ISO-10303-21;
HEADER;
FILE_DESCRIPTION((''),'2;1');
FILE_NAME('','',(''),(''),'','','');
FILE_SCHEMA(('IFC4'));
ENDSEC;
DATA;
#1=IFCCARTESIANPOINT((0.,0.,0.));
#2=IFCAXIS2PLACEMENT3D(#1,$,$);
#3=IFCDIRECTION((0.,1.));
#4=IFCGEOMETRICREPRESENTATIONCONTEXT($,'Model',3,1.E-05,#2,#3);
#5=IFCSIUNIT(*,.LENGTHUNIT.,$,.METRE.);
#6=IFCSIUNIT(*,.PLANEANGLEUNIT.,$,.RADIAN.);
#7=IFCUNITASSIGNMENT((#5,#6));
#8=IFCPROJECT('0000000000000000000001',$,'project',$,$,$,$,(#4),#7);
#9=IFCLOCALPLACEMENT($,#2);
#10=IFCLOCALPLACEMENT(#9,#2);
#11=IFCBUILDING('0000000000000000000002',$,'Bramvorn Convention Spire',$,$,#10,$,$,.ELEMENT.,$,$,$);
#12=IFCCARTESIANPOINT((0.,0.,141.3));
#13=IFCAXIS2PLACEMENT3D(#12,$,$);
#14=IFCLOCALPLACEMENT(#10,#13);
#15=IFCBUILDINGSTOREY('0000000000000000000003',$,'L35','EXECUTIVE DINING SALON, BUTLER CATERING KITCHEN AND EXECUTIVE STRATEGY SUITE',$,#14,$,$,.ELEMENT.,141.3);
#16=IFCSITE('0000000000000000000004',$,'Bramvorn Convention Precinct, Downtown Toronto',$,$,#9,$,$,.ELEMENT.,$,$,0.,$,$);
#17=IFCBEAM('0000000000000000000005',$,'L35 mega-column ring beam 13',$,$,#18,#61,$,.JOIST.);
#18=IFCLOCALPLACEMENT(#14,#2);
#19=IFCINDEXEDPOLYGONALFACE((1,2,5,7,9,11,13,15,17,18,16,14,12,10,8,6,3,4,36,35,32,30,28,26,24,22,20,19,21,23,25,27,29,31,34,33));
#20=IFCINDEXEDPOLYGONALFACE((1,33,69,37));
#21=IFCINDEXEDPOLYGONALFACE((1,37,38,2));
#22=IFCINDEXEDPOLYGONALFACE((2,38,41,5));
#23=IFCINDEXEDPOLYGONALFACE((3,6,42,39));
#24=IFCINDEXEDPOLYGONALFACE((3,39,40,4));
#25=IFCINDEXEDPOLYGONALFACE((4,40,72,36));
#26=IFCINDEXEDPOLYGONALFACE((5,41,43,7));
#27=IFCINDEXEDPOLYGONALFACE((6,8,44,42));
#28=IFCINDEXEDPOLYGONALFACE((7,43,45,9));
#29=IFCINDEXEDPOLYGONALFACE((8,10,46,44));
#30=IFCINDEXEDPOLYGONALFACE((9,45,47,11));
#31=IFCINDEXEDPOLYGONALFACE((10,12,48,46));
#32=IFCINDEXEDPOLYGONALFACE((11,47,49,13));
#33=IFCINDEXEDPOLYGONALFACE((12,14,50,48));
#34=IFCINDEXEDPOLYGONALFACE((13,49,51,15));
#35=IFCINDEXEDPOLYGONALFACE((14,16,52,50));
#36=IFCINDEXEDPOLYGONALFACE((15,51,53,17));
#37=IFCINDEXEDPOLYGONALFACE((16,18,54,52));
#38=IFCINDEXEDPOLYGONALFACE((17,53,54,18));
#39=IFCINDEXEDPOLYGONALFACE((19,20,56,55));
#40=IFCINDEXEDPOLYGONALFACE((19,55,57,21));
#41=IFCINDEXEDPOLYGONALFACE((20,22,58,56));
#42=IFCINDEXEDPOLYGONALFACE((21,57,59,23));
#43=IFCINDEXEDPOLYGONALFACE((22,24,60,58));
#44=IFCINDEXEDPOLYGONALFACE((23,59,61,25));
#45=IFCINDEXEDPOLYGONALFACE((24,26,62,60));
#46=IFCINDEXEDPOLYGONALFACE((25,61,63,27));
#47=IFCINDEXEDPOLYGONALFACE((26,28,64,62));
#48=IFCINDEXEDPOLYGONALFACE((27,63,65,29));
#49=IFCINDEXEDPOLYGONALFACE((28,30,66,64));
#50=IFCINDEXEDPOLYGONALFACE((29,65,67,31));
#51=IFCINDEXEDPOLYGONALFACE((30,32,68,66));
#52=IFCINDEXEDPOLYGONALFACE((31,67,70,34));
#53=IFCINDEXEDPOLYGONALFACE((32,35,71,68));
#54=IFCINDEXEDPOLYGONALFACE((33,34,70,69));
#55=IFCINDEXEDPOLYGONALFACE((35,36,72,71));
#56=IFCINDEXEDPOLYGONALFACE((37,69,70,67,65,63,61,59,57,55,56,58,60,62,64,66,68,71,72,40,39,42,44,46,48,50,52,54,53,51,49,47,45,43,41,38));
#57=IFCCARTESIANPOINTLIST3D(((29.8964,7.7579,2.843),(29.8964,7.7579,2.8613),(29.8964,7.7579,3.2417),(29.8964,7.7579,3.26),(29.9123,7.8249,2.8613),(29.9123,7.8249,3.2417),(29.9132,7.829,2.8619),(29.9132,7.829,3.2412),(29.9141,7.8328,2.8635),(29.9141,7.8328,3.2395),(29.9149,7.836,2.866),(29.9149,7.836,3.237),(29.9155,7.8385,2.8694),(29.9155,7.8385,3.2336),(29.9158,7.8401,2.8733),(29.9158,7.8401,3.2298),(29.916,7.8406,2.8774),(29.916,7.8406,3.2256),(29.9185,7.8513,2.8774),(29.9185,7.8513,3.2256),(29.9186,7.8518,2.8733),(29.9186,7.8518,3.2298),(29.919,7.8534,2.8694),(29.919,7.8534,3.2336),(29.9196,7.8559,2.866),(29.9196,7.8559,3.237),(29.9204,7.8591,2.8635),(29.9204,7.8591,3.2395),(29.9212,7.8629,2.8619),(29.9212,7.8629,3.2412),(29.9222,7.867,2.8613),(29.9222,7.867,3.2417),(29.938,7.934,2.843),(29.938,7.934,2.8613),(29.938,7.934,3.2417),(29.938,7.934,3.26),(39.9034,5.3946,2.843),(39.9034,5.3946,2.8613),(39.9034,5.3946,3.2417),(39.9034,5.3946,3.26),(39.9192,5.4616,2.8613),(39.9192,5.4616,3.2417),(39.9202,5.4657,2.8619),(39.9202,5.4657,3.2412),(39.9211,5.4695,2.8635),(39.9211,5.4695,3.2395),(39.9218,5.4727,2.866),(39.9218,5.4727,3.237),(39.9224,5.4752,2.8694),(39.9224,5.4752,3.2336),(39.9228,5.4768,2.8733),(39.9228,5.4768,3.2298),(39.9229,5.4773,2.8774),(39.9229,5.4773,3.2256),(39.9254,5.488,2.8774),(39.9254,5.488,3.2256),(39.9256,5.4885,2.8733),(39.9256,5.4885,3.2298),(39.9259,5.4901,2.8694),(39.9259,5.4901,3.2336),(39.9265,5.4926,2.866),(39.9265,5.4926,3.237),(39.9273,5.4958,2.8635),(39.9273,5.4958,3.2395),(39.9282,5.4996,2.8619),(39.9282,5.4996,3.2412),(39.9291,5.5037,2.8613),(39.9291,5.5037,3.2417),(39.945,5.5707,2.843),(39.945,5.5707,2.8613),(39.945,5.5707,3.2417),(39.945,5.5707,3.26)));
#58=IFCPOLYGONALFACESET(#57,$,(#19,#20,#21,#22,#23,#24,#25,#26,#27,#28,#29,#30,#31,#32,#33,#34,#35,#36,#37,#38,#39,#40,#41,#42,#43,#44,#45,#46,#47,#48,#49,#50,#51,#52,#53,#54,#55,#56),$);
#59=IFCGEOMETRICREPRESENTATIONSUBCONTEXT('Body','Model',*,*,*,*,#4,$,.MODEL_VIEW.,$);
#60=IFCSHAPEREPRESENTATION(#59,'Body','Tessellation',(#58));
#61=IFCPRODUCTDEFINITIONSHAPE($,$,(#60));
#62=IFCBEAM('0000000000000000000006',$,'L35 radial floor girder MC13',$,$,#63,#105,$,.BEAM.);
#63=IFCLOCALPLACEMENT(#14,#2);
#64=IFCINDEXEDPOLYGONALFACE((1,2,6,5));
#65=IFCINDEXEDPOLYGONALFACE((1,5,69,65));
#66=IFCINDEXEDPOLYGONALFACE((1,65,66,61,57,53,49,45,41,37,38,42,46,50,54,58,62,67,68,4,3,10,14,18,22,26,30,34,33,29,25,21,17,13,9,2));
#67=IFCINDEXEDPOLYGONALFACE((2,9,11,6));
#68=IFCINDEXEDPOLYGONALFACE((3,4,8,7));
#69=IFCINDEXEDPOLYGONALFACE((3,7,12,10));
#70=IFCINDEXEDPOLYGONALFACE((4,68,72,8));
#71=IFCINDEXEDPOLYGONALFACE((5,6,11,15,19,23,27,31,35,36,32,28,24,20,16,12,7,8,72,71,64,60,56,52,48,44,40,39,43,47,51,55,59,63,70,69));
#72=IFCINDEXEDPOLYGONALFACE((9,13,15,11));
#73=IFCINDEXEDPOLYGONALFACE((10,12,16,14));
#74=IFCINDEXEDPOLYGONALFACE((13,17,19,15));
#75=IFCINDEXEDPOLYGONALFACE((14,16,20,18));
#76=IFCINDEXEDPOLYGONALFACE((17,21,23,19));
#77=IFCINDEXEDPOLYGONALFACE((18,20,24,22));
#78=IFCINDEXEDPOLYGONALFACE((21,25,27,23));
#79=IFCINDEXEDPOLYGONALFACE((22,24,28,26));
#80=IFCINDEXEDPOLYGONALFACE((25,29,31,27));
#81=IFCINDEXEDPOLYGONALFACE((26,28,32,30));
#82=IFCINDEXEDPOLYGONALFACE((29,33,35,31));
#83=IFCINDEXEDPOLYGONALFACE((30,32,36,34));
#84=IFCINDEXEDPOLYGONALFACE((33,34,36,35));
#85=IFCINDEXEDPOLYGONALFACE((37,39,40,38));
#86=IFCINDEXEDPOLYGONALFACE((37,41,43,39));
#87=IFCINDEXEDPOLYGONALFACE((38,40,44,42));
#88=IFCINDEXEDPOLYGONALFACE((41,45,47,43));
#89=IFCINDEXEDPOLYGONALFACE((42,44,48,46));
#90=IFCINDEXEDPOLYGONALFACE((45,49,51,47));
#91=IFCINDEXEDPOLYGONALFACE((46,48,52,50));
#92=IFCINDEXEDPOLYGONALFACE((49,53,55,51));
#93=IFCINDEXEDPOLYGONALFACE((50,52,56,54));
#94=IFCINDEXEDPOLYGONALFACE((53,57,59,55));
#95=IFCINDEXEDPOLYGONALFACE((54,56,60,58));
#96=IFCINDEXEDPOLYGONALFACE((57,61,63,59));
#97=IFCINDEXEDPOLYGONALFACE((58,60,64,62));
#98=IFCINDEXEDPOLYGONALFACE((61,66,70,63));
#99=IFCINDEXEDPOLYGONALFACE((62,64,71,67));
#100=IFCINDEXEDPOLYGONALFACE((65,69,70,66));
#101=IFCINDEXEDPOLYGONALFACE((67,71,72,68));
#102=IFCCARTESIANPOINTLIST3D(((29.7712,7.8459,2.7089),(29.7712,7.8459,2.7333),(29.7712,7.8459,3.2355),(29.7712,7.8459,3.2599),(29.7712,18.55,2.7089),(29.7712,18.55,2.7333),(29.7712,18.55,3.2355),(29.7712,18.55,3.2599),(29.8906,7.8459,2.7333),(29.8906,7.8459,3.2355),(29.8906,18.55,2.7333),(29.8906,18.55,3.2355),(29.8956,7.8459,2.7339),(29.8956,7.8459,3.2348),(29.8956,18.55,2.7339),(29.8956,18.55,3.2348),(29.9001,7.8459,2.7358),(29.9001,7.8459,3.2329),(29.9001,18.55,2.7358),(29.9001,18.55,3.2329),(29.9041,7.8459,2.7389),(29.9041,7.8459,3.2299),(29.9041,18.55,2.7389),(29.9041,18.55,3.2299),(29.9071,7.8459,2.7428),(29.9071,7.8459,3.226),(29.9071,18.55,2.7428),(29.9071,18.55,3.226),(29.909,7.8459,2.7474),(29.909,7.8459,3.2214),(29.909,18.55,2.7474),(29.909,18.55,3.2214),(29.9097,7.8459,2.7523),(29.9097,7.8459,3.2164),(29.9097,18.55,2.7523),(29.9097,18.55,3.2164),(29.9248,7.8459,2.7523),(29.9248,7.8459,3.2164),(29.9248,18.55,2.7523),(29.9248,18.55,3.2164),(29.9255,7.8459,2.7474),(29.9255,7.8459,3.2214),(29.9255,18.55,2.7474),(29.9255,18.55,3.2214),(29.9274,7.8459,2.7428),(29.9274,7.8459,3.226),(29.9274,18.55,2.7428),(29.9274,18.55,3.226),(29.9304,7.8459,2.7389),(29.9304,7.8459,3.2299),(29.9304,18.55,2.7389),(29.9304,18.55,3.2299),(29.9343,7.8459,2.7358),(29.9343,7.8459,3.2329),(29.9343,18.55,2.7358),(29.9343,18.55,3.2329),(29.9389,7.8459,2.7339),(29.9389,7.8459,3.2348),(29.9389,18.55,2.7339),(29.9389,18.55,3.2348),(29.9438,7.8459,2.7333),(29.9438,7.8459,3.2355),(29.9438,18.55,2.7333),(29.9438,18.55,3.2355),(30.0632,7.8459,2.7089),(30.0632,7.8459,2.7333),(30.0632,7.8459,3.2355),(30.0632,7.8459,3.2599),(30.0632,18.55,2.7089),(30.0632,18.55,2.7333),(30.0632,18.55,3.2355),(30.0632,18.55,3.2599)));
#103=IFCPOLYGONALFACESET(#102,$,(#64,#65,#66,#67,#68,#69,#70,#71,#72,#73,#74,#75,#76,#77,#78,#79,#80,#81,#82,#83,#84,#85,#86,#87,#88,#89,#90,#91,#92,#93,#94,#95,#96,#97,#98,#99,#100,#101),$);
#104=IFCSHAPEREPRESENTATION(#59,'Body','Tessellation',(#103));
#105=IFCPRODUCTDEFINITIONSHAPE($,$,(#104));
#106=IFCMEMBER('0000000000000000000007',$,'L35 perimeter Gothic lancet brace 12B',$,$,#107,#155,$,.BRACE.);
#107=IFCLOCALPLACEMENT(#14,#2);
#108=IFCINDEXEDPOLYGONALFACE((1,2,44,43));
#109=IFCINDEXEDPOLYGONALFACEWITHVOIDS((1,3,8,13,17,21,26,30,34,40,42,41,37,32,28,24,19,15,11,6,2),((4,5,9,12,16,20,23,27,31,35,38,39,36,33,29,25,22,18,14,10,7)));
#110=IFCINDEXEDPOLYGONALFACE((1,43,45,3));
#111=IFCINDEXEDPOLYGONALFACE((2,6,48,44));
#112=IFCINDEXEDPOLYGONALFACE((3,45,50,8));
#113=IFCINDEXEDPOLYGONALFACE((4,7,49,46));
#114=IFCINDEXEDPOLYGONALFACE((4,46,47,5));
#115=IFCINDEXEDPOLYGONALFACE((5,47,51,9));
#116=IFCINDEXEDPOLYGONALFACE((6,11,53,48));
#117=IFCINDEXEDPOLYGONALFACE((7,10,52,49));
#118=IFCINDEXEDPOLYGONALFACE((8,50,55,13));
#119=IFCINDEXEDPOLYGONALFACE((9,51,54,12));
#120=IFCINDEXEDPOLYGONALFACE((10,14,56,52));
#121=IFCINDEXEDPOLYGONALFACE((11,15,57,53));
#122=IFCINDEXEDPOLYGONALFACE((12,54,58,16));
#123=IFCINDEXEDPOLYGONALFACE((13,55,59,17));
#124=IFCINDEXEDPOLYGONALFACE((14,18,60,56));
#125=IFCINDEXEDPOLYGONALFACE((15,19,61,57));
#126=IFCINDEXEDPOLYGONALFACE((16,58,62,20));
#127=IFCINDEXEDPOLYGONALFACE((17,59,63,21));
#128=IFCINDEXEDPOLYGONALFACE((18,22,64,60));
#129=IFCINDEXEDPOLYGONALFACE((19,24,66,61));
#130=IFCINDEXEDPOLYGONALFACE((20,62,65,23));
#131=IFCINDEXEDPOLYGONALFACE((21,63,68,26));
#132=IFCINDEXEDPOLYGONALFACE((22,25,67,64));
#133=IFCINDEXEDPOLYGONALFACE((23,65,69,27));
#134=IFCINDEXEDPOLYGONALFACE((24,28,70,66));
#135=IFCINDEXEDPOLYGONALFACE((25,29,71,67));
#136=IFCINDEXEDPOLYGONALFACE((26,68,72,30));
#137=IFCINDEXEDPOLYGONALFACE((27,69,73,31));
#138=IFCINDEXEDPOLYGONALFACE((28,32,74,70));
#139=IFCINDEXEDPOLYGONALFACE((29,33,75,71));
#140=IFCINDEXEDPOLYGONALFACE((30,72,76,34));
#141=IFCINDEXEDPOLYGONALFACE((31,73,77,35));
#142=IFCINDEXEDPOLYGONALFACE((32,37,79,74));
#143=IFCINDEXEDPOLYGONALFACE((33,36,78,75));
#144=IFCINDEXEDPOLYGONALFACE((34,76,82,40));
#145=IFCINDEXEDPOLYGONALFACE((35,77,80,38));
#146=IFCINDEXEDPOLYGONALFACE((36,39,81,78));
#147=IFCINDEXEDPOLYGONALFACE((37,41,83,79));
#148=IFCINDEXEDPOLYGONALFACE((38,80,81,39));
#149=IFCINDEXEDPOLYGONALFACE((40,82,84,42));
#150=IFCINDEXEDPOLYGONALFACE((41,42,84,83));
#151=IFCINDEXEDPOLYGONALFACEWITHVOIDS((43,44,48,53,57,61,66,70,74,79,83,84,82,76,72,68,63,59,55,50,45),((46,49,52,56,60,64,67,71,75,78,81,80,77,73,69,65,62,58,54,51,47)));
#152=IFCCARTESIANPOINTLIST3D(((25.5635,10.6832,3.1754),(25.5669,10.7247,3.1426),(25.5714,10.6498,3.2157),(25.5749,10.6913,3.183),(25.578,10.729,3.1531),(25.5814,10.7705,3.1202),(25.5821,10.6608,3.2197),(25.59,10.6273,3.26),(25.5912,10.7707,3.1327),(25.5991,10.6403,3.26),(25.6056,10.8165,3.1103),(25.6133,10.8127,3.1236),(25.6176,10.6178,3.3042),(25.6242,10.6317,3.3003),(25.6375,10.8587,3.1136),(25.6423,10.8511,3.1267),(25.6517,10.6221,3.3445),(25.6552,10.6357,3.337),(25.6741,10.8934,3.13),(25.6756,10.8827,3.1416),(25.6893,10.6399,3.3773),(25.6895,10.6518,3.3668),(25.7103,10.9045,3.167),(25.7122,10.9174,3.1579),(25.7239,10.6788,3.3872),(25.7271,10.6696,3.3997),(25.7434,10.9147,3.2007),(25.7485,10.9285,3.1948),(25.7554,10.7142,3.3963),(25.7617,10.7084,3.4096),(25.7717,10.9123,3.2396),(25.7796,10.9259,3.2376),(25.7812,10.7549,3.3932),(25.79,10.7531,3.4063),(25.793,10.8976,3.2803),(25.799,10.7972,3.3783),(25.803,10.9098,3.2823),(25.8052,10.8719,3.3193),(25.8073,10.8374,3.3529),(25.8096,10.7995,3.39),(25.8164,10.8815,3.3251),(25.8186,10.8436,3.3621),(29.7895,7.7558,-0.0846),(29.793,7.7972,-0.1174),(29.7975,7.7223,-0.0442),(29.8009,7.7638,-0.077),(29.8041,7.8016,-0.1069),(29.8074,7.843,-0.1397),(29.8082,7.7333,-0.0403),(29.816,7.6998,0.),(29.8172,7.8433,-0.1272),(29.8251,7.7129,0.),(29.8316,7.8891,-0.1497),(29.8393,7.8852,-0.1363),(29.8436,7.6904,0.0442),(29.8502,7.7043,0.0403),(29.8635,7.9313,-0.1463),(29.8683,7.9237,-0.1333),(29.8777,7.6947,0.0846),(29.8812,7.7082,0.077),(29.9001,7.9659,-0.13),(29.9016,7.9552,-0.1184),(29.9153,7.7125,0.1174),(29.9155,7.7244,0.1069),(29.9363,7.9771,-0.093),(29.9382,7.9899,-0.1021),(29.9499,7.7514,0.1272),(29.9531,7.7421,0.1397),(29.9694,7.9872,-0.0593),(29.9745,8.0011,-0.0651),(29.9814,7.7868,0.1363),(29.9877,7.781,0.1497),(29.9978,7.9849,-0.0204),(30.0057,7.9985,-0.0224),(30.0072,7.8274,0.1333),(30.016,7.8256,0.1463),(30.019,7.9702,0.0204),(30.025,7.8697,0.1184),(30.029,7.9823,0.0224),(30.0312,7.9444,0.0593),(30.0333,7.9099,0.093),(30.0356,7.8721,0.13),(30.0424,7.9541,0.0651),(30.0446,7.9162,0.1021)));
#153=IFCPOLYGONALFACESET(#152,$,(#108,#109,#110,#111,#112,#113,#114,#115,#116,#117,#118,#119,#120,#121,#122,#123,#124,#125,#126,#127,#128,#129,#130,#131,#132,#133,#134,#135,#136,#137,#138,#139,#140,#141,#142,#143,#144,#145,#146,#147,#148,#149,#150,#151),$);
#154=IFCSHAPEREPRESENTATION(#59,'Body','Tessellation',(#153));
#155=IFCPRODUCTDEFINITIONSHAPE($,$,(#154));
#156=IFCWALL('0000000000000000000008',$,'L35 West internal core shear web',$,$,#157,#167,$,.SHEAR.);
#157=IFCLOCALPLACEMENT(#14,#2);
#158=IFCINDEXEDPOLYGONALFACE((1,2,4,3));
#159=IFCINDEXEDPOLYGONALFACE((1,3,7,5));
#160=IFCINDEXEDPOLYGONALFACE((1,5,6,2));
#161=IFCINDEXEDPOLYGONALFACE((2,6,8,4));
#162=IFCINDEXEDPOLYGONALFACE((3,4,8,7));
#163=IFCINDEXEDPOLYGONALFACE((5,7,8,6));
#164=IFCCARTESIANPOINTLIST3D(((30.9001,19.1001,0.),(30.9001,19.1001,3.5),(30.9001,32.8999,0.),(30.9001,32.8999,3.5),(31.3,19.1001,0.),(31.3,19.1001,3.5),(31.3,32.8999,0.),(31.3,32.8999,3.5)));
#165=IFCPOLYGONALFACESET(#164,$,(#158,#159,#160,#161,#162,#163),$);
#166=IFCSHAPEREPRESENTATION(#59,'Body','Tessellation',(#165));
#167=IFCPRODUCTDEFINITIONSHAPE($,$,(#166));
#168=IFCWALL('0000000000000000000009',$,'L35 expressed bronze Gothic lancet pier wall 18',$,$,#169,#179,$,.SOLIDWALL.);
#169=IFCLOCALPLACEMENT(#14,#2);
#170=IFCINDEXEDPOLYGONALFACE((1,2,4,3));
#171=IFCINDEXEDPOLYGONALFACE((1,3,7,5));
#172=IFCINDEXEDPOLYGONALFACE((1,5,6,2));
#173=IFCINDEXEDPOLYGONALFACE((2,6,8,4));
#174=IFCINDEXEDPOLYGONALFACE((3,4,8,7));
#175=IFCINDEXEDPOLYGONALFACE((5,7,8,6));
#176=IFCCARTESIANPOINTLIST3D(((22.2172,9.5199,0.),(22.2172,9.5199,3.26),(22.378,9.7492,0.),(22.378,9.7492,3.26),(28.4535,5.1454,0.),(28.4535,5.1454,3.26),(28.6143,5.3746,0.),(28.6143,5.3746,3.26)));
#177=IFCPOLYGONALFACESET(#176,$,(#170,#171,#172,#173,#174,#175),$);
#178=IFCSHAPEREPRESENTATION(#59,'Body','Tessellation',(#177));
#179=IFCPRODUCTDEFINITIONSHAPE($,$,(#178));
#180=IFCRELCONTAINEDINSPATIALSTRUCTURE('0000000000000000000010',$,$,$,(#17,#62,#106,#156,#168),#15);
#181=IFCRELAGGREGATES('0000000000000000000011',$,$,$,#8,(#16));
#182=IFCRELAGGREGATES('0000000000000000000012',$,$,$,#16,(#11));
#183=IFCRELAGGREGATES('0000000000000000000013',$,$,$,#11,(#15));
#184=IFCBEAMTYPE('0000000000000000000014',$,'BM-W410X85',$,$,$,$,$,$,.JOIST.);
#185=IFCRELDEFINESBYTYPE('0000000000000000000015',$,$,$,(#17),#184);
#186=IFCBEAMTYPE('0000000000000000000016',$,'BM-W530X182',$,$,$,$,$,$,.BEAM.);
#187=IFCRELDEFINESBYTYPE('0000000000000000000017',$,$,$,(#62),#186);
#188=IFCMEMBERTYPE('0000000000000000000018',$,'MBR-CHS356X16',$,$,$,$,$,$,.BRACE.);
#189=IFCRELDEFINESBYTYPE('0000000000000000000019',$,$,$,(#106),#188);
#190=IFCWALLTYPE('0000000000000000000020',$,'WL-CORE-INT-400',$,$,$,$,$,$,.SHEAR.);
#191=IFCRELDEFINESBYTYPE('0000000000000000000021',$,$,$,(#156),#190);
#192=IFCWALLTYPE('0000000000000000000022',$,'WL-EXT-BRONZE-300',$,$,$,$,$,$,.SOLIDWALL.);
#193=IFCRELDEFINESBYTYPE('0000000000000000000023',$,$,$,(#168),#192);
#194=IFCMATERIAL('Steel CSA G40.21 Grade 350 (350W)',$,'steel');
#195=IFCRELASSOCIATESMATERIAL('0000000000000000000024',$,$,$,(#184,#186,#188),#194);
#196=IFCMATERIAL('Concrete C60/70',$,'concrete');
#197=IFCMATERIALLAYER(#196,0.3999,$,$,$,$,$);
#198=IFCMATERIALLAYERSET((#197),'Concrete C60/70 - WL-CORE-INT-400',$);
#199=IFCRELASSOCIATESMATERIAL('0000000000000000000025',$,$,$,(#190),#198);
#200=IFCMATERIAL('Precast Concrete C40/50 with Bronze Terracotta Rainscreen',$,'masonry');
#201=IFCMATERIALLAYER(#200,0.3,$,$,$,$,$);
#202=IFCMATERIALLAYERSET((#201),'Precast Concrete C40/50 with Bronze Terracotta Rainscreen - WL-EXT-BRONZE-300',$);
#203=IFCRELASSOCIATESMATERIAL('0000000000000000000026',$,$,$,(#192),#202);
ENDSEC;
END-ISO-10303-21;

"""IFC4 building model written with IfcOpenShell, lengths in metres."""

from ifc_helpers import new_model, si_unit, direction, frame, frame_2d, origin, origin_2d, place, context, subcontext, project, spatial, rectangle, hollow_circle, i_section, extrude, material, layer, layer_set, material_profile, profile_set, type_object, element, save


model = new_model("IFC4")

# Units and contexts
model_context = context("Model", 3, precision=1e-05, world=origin(), true_north=direction((0.0, 1.0)))
body_context = subcontext(model_context, "Body", "Model", "MODEL_VIEW")
ifc_project = project(units=[si_unit("LENGTHUNIT", "METRE"), si_unit("PLANEANGLEUNIT", "RADIAN")], contexts=[model_context])

# Site, building, storey
site_placement = place(None, origin())
site = spatial("IfcSite", under=ifc_project, at=site_placement, Name="Bramvorn Convention Precinct, Downtown Toronto", CompositionType="ELEMENT", RefElevation=0.0)
building_placement = place(site_placement, origin())
building = spatial("IfcBuilding", under=site, at=building_placement, Name="Bramvorn Convention Spire", CompositionType="ELEMENT")
storey_placement = place(building_placement, frame((0.0, 0.0, 141.3)))
storey = spatial("IfcBuildingStorey", under=building, at=storey_placement, Name="L35", Description="EXECUTIVE DINING SALON, BUTLER CATERING KITCHEN AND EXECUTIVE STRATEGY SUITE", CompositionType="ELEMENT", Elevation=141.3)

# Shared definitions
ifc_material_1 = material(Name="Steel CSA G40.21 Grade 350 (350W)", Category="steel")

# Beams
ifc_material_profile_1 = material_profile(ifc_material_1, i_section(OverallWidth=0.1809, OverallDepth=0.417, WebThickness=0.011, FlangeThickness=0.0183, FilletRadius=0.0161, at=origin_2d()))
ifc_profile_set_1 = profile_set([ifc_material_profile_1], Name="Steel CSA G40.21 Grade 350 (350W) - W410X85")
beam_type_1 = type_object("IfcBeamType", Name="BM-W410X85", PredefinedType="JOIST", material=ifc_profile_set_1)
beam_1_placement = place(storey_placement, frame((29.9172, 7.8459, 3.0515), z_axis=(0.973228, -0.229844, 0.0), x_axis=(0.229844, 0.973228, 0.0)))
element("IfcBeam", 1, at=beam_1_placement, inside=storey, type_object=beam_type_1, Name="L35 mega-column ring beam 13", PredefinedType="JOIST", context=body_context, shape_type="SweptSolid", body=[
    extrude(i_section(OverallWidth=0.1809, OverallDepth=0.417, WebThickness=0.011, FlangeThickness=0.0183, FilletRadius=0.0161, at=origin_2d()), origin(), (0.0, 0.0, 1.0), 10.2822),
])
ifc_material_profile_2 = material_profile(ifc_material_1, i_section(OverallWidth=0.292, OverallDepth=0.551, WebThickness=0.0151, FlangeThickness=0.0244, FilletRadius=0.019, at=origin_2d()))
ifc_profile_set_2 = profile_set([ifc_material_profile_2], Name="Steel CSA G40.21 Grade 350 (350W) - W530X182")
beam_type_2 = type_object("IfcBeamType", Name="BM-W530X182", PredefinedType="BEAM", material=ifc_profile_set_2)
beam_2_placement = place(storey_placement, frame((29.9172, 18.55, 2.9844), z_axis=(0.0, -1.0, 0.0), x_axis=(1.0, 0.0, 0.0)))
element("IfcBeam", 2, at=beam_2_placement, inside=storey, type_object=beam_type_2, Name="L35 radial floor girder MC13", PredefinedType="BEAM", context=body_context, shape_type="SweptSolid", body=[
    extrude(i_section(OverallWidth=0.292, OverallDepth=0.551, WebThickness=0.0151, FlangeThickness=0.0244, FilletRadius=0.019, at=origin_2d()), origin(), (0.0, 0.0, 1.0), 10.7041),
])

# Member
ifc_material_profile_3 = material_profile(ifc_material_1, hollow_circle(Radius=0.1777, WallThickness=0.0159, at=origin_2d()))
ifc_profile_set_3 = profile_set([ifc_material_profile_3], Name="Steel CSA G40.21 Grade 350 (350W) - CHS356X16")
member_type = type_object("IfcMemberType", Name="MBR-CHS356X16", PredefinedType="BRACE", material=ifc_profile_set_3)
member_placement = place(storey_placement, frame((29.9172, 7.8459, 0.0), z_axis=(-0.694222, 0.480902, 0.535526), x_axis=(-0.56944, -0.822033, 0.0)))
element("IfcMember", 3, at=member_placement, inside=storey, type_object=member_type, Name="L35 perimeter Gothic lancet brace 12B", PredefinedType="BRACE", context=body_context, shape_type="SweptSolid", body=[
    extrude(hollow_circle(Radius=0.1777, WallThickness=0.0159, at=origin_2d()), origin(), (0.0, 0.0, 1.0), 6.0874),
])

# Walls
ifc_material_2 = material(Name="Concrete C60/70", Category="concrete")
ifc_layer_1 = layer(ifc_material_2, 0.3999)
ifc_layer_set_1 = layer_set([ifc_layer_1], Name="Concrete C60/70 - WL-CORE-INT-400")
wall_type_1 = type_object("IfcWallType", Name="WL-CORE-INT-400", PredefinedType="SHEAR", material=ifc_layer_set_1)
wall_1_placement = place(storey_placement, frame((31.1001, 19.1001, 0.0), z_axis=(0.0, 0.0, 1.0), x_axis=(0.0, 1.0, 0.0)))
element("IfcWall", 4, at=wall_1_placement, inside=storey, type_object=wall_type_1, Name="L35 West internal core shear web", PredefinedType="SHEAR", context=body_context, shape_type="SweptSolid", body=[
    extrude(rectangle(XDim=13.7998, YDim=0.3999, at=frame_2d((6.8999, 0.0))), origin(), (0.0, 0.0, 1.0), 3.5),
])
ifc_material_3 = material(Name="Precast Concrete C40/50 with Bronze Terracotta Rainscreen", Category="masonry")
ifc_layer_2 = layer(ifc_material_3, 0.3)
ifc_layer_set_2 = layer_set([ifc_layer_2], Name="Precast Concrete C40/50 with Bronze Terracotta Rainscreen - WL-EXT-BRONZE-300")
wall_type_2 = type_object("IfcWallType", Name="WL-EXT-BRONZE-300", PredefinedType="SOLIDWALL", material=ifc_layer_set_2)
wall_2_placement = place(storey_placement, frame((28.5339, 5.26, 0.0), z_axis=(0.0, 0.0, 1.0), x_axis=(-0.818671, 0.574262, 0.0)))
element("IfcWall", 5, at=wall_2_placement, inside=storey, type_object=wall_type_2, Name="L35 expressed bronze Gothic lancet pier wall 18", PredefinedType="SOLIDWALL", context=body_context, shape_type="SweptSolid", body=[
    extrude(rectangle(XDim=7.6177, YDim=0.28, at=frame_2d((3.8088, 0.0))), origin(), (0.0, 0.0, 1.0), 3.26),
])

save(model, "model.ifc")
